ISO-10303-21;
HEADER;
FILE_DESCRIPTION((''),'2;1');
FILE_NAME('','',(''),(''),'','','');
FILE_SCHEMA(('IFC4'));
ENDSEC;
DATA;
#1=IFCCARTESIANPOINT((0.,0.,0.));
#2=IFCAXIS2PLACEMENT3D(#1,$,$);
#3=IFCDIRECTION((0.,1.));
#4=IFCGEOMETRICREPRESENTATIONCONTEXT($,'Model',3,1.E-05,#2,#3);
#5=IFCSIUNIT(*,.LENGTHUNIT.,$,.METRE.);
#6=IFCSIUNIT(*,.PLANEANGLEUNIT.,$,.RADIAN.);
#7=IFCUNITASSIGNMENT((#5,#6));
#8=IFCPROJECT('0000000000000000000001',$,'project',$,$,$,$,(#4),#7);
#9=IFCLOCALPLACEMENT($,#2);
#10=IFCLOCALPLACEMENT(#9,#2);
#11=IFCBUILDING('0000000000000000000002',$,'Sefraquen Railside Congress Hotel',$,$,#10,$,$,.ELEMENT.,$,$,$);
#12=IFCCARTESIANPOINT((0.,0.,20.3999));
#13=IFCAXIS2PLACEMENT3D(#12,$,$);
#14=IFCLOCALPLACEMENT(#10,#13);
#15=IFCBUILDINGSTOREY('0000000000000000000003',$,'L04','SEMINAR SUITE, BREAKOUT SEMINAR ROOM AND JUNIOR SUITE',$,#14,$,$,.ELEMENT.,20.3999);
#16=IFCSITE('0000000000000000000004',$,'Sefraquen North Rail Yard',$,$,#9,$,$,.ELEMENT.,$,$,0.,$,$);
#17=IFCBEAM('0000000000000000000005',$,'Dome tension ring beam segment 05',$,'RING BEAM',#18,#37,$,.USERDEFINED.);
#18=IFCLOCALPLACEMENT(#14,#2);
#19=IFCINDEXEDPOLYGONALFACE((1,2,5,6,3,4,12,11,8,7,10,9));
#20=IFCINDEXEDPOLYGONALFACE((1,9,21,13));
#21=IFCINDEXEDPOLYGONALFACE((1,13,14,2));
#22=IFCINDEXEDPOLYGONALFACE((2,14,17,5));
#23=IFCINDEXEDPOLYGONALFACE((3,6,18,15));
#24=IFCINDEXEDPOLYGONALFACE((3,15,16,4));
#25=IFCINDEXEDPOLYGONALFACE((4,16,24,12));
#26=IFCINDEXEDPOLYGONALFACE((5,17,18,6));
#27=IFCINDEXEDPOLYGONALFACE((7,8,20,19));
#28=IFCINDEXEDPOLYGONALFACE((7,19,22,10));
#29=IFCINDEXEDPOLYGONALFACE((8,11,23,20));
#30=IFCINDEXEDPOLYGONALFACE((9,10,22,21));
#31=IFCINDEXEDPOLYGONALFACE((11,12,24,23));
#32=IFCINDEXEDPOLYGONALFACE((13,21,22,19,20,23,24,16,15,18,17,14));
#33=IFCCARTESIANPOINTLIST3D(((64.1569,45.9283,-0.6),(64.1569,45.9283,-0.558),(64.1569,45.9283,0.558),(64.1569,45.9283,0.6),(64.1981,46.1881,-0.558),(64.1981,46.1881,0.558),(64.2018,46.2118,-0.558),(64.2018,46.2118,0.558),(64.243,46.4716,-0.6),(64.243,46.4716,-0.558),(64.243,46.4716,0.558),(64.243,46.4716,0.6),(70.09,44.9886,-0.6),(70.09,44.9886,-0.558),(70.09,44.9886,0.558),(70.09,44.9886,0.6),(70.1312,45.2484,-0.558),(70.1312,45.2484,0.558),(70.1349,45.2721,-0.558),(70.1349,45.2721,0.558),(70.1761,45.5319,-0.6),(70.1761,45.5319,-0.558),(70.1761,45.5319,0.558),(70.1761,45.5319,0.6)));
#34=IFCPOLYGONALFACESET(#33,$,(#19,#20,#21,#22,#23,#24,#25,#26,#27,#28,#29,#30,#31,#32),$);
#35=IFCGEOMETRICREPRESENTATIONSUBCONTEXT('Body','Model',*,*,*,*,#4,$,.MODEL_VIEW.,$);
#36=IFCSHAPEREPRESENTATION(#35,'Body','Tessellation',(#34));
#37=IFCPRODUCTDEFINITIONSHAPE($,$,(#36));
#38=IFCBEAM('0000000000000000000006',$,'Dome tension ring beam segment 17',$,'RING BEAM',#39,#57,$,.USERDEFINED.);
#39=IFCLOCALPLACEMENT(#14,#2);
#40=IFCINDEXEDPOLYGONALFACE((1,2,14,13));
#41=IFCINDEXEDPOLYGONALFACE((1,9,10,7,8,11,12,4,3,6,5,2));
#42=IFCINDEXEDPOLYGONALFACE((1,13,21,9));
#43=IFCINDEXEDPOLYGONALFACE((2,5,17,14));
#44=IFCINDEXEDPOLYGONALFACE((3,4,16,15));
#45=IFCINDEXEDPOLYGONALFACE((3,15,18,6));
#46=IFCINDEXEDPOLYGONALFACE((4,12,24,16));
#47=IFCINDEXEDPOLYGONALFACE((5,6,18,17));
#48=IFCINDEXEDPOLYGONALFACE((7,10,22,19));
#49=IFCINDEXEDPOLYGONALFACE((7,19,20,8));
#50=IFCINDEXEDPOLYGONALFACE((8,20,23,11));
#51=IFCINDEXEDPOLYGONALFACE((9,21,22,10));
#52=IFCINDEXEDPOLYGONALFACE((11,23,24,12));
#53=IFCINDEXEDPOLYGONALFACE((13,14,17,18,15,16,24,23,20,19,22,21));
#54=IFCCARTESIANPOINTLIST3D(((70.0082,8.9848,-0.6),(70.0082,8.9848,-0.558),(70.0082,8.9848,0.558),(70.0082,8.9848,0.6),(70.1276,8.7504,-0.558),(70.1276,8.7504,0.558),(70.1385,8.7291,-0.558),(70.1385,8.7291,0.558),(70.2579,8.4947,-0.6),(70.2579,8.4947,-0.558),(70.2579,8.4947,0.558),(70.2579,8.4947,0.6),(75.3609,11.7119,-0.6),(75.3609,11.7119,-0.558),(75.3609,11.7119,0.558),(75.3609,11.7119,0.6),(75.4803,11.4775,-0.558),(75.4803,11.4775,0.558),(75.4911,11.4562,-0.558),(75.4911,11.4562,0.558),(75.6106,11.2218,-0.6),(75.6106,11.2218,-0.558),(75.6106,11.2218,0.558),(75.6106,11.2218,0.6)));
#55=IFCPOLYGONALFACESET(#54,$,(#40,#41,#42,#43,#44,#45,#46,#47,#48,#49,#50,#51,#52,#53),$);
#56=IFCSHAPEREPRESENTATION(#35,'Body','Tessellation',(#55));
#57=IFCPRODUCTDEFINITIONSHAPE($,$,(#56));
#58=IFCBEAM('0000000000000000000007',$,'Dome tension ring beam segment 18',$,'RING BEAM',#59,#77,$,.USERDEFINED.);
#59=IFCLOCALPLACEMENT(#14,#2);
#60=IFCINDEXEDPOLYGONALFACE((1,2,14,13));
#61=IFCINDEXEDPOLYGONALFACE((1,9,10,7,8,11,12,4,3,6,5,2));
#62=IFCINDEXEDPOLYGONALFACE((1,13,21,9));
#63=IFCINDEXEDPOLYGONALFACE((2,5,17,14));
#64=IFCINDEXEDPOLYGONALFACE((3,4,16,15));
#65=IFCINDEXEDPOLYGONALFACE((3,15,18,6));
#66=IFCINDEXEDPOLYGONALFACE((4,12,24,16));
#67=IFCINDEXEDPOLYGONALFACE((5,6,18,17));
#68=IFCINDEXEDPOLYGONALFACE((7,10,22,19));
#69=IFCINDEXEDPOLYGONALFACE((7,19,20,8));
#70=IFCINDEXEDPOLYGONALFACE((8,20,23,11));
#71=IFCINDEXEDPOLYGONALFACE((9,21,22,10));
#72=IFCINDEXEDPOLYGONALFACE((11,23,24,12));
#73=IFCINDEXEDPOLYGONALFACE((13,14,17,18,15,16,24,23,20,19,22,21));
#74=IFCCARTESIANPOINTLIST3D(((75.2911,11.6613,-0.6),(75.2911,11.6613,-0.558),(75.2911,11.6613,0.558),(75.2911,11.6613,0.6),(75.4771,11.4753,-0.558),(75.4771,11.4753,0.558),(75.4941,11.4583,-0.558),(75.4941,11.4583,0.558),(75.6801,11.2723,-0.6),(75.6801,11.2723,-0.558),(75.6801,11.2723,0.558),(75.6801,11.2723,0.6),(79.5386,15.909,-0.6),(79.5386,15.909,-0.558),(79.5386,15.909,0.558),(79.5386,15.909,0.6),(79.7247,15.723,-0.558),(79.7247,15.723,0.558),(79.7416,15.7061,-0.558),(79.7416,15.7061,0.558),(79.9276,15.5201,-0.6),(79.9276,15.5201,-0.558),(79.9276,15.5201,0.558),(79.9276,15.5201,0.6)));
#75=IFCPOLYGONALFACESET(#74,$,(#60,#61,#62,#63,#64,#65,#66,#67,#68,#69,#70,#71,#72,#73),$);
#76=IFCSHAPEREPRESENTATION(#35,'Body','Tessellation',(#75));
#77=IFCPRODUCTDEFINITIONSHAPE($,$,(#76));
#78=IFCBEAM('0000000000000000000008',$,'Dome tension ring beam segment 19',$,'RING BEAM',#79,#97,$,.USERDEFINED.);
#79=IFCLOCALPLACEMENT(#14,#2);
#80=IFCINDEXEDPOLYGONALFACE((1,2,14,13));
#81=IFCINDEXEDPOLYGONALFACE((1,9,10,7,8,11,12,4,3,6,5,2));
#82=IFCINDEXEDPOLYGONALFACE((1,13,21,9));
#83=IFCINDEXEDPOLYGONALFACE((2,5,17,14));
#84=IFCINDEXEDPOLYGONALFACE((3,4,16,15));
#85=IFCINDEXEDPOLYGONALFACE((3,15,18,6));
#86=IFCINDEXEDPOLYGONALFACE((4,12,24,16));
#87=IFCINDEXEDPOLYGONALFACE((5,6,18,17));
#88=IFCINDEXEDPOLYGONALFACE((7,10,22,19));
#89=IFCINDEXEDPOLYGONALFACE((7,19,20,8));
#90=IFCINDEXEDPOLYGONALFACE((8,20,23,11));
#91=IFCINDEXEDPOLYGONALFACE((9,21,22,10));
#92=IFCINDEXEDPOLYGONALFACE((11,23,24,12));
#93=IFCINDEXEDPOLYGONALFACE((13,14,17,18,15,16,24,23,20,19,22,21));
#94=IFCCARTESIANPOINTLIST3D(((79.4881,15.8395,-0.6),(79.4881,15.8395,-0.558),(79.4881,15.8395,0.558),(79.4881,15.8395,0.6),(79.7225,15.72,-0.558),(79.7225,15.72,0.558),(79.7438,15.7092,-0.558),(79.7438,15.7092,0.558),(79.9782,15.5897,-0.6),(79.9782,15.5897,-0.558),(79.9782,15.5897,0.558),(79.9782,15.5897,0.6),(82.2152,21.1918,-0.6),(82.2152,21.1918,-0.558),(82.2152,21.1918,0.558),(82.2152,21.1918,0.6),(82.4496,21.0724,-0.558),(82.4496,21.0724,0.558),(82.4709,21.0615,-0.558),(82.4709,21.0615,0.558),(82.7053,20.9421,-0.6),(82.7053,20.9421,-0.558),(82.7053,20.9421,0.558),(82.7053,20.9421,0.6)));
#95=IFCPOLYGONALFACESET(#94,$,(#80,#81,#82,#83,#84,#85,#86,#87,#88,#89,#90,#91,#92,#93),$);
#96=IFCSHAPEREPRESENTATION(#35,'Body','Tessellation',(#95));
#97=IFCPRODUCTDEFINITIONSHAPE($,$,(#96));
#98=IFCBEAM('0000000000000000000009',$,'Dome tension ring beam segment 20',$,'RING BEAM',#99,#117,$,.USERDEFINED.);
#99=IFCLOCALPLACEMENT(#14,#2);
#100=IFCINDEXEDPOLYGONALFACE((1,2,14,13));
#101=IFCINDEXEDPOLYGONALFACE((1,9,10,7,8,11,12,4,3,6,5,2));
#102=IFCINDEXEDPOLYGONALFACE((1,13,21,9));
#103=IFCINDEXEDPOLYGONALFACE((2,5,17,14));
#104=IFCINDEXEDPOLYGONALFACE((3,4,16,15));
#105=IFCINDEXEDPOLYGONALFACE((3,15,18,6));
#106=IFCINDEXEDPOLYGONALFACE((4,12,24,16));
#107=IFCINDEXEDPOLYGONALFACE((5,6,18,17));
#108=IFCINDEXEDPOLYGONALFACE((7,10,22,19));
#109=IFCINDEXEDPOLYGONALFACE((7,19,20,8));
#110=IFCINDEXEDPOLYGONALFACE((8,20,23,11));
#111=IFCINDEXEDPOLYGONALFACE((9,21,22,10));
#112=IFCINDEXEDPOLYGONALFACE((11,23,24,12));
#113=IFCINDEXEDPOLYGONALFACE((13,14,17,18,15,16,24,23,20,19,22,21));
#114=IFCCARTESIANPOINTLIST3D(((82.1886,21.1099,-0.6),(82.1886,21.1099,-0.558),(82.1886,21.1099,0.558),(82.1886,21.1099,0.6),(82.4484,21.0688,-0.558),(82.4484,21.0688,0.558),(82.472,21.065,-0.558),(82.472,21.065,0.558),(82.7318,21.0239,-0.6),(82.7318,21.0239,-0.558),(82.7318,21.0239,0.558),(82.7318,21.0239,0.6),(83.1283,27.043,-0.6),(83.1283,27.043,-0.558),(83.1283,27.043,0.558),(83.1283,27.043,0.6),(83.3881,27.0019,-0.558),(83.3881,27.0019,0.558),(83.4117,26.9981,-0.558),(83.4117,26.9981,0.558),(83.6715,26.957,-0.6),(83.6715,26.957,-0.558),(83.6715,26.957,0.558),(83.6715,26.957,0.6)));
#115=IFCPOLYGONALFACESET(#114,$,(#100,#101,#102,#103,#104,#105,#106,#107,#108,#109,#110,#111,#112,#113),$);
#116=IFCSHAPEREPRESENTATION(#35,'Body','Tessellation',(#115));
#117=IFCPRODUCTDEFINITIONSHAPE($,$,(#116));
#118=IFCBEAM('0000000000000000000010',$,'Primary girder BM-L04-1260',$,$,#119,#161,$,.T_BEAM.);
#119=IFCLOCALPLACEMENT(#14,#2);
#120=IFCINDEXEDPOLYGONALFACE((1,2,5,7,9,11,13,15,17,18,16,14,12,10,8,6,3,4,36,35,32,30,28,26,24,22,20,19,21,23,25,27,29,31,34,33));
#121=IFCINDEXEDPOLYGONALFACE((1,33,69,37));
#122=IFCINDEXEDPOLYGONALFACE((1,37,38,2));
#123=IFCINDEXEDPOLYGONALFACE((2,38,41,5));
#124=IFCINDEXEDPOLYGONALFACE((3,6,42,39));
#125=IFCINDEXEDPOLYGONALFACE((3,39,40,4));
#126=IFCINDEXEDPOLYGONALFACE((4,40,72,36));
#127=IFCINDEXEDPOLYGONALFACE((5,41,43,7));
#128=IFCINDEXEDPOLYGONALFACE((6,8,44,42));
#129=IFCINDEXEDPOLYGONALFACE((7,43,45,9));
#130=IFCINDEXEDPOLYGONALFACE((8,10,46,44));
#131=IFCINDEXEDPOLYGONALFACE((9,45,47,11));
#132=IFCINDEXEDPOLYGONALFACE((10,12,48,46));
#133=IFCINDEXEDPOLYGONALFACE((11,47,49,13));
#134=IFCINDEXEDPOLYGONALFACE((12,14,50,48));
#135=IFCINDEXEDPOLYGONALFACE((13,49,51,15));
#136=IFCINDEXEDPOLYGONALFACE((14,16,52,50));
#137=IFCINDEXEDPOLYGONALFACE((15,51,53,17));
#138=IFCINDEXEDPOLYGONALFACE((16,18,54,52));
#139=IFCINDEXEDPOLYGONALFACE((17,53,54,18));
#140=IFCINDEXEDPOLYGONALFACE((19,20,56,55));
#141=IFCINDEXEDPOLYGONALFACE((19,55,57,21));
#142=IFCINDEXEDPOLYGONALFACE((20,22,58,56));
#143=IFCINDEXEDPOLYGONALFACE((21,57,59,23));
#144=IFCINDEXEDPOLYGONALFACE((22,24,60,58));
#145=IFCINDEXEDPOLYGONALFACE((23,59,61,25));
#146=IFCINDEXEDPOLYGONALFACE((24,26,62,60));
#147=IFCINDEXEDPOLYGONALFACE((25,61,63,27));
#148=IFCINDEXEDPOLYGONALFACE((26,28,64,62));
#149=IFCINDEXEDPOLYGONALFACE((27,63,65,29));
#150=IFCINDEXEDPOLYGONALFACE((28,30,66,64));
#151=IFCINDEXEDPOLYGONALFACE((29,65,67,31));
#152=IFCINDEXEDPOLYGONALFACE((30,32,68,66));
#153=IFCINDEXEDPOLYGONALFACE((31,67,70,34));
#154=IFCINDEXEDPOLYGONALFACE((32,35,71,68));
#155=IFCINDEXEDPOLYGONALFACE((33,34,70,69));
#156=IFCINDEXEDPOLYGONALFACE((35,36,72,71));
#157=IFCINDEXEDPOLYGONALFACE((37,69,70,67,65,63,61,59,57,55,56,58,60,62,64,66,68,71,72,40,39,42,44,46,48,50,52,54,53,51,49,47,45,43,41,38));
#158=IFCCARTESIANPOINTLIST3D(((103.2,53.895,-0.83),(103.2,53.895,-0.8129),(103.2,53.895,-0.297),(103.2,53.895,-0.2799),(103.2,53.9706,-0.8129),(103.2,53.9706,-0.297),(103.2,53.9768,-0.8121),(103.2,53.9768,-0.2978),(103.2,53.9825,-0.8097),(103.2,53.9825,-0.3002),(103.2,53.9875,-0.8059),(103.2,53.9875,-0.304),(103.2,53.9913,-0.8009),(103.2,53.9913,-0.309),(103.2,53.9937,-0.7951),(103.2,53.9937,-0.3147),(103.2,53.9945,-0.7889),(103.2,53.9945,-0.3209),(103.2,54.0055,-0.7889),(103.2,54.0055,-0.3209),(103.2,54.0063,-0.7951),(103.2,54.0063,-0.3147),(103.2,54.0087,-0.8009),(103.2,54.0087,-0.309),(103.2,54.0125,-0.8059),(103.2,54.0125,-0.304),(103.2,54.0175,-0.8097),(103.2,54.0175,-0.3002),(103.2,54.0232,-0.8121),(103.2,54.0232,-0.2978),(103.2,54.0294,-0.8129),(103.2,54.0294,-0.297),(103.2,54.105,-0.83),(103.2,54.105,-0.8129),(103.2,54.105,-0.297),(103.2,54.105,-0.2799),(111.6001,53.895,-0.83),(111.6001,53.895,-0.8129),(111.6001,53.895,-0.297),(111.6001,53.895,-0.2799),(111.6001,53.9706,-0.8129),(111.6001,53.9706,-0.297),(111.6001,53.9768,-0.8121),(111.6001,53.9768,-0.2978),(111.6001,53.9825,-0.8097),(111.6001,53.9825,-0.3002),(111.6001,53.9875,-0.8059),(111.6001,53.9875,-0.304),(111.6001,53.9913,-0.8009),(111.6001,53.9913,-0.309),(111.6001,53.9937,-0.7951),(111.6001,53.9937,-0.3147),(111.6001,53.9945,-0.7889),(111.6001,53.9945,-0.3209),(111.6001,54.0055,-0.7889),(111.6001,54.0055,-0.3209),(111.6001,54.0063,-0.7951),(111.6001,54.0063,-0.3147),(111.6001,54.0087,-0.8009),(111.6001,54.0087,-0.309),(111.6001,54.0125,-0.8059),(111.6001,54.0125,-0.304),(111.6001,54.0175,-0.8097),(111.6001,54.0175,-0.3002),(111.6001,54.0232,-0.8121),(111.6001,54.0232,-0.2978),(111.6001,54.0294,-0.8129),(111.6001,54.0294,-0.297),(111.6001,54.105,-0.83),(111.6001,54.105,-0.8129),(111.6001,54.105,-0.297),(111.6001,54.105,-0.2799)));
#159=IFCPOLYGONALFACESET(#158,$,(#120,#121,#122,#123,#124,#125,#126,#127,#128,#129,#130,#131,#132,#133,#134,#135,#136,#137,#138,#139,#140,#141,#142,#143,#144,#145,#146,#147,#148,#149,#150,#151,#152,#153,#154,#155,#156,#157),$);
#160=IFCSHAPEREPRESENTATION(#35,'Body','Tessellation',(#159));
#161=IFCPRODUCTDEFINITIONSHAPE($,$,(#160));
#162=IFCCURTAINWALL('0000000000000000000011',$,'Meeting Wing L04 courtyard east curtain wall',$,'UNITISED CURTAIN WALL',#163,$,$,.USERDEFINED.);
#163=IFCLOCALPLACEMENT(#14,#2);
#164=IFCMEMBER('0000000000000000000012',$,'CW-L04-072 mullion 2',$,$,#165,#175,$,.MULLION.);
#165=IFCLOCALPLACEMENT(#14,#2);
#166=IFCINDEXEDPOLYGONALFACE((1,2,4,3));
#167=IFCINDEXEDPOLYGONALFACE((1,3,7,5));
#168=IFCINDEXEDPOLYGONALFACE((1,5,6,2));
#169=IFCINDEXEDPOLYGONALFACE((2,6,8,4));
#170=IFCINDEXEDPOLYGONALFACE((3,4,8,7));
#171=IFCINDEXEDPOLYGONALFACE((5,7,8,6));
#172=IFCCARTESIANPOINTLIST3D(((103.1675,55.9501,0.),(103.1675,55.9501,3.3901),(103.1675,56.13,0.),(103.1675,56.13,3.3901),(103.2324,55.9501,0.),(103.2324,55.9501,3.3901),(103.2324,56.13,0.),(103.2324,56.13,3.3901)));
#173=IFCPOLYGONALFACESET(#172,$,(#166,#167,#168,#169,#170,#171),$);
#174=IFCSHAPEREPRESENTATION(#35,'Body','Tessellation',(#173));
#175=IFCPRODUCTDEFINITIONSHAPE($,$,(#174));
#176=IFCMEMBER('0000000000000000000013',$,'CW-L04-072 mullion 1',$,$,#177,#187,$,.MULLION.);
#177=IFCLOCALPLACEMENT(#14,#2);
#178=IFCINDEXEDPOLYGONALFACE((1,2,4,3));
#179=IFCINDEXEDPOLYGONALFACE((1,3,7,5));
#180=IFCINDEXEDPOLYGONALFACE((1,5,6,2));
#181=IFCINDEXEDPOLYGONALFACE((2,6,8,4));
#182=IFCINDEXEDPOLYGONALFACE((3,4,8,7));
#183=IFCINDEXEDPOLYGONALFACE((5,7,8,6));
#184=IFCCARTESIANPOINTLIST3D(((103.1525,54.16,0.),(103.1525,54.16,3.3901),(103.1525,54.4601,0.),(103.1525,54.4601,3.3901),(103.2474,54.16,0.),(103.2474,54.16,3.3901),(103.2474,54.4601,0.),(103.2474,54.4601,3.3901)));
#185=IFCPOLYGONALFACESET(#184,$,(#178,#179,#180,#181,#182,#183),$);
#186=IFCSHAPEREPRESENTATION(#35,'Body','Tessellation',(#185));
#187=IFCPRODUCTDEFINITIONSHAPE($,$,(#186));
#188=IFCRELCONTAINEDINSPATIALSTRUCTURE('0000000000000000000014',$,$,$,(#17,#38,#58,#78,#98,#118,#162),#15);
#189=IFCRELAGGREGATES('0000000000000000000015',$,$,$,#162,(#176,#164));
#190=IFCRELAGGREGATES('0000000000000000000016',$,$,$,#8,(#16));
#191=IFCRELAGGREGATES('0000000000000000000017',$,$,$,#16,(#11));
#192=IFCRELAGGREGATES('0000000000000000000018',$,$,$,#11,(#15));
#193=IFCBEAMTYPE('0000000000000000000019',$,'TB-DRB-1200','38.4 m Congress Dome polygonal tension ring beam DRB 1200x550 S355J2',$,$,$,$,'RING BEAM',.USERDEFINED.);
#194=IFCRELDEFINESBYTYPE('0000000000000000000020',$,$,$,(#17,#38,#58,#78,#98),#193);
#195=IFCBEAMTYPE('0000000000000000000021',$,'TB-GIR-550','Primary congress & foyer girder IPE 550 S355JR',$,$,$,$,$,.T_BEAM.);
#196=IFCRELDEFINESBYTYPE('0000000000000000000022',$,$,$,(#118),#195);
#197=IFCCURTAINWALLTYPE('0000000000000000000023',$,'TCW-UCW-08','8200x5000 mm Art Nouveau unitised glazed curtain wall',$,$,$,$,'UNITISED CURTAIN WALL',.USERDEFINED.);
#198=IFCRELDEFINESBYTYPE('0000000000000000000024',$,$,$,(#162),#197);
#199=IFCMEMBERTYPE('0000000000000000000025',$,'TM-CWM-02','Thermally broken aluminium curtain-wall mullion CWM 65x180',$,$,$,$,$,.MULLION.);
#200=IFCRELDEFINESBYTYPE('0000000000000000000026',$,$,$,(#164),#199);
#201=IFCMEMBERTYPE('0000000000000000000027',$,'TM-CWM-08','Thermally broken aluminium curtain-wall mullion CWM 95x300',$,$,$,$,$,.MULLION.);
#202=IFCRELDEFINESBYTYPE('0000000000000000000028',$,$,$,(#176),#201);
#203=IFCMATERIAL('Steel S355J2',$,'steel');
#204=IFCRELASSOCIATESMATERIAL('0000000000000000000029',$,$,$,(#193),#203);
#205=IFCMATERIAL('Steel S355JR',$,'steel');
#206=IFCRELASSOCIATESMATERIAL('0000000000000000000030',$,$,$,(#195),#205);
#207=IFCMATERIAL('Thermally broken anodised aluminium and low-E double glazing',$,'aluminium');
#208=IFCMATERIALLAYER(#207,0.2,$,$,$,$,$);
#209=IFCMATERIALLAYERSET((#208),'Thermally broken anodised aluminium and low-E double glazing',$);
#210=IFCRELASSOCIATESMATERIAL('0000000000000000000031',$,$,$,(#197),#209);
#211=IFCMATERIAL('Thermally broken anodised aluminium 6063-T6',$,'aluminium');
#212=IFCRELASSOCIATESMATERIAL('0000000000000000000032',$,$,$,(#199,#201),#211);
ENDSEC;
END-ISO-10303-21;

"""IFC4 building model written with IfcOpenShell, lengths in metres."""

from ifc_helpers import new_model, si_unit, direction, frame, origin, origin_2d, place, context, subcontext, project, spatial, rectangle, i_section, extrude, material, layer, layer_set, material_profile, profile_set, type_object, element, aggregate, save


model = new_model("IFC4")

# Units and contexts
model_context = context("Model", 3, precision=1e-05, world=origin(), true_north=direction((0.0, 1.0)))
body_context = subcontext(model_context, "Body", "Model", "MODEL_VIEW")
ifc_project = project(units=[si_unit("LENGTHUNIT", "METRE"), si_unit("PLANEANGLEUNIT", "RADIAN")], contexts=[model_context])

# Site, building, storey
site_placement = place(None, origin())
site = spatial("IfcSite", under=ifc_project, at=site_placement, Name="Sefraquen North Rail Yard", CompositionType="ELEMENT", RefElevation=0.0)
building_placement = place(site_placement, origin())
building = spatial("IfcBuilding", under=site, at=building_placement, Name="Sefraquen Railside Congress Hotel", CompositionType="ELEMENT")
storey_placement = place(building_placement, frame((0.0, 0.0, 20.3999)))
storey = spatial("IfcBuildingStorey", under=building, at=storey_placement, Name="L04", Description="SEMINAR SUITE, BREAKOUT SEMINAR ROOM AND JUNIOR SUITE", CompositionType="ELEMENT", Elevation=20.3999)

# Shared definitions
ifc_material_1 = material(Name="Steel S355JR", Category="steel")

# Beams
ifc_material_2 = material(Name="Steel S355J2", Category="steel")
ifc_material_profile_1 = material_profile(ifc_material_2, i_section(OverallWidth=0.55, OverallDepth=1.2, WebThickness=0.0239, FlangeThickness=0.042, at=origin_2d()), Name="DRB 1200x550")
ifc_profile_set_1 = profile_set([ifc_material_profile_1], Name="Steel S355J2")
beam_type_1 = type_object("IfcBeamType", Name="TB-DRB-1200", Description="38.4 m Congress Dome polygonal tension ring beam DRB 1200x550 S355J2", ElementType="RING BEAM", PredefinedType="USERDEFINED", material=ifc_profile_set_1)
beam_1_placement = place(storey_placement, frame((70.1331, 45.2603, 0.0), z_axis=(-0.987689, 0.156432, 0.0), x_axis=(-0.156432, -0.987689, 0.0)))
element("IfcBeam", 1, at=beam_1_placement, inside=storey, type_object=beam_type_1, Name="Dome tension ring beam segment 05", ObjectType="RING BEAM", PredefinedType="USERDEFINED", context=body_context, shape_type="SweptSolid", body=[
    extrude(i_section(OverallWidth=0.55, OverallDepth=1.2, WebThickness=0.0239, FlangeThickness=0.042, at=origin_2d()), origin(), (0.0, 0.0, 1.0), 6.0071),
])
beam_2_placement = place(storey_placement, frame((70.1331, 8.7397, 0.0), z_axis=(0.89102, 0.453964, 0.0), x_axis=(-0.453964, 0.89102, 0.0)))
element("IfcBeam", 2, at=beam_2_placement, inside=storey, type_object=beam_type_1, Name="Dome tension ring beam segment 17", ObjectType="RING BEAM", PredefinedType="USERDEFINED", context=body_context, shape_type="SweptSolid", body=[
    extrude(i_section(OverallWidth=0.55, OverallDepth=1.2, WebThickness=0.0239, FlangeThickness=0.042, at=origin_2d()), origin(), (0.0, 0.0, 1.0), 6.0073),
])
for number, where, z_axis, x_axis, name in (
    (3, (75.4856, 11.4668, 0.0), (0.707086, 0.707127, 0.0), (-0.707127, 0.707086, 0.0), "Dome tension ring beam segment 18"),
    (4, (79.7332, 15.7146, 0.0), (0.45398, 0.891012, 0.0), (-0.891012, 0.45398, 0.0), "Dome tension ring beam segment 19"),
    (5, (82.4602, 21.0669, 0.0), (0.156432, 0.987689, 0.0), (-0.987689, 0.156432, 0.0), "Dome tension ring beam segment 20"),
):
    element("IfcBeam", number, at=place(storey_placement, frame(where, z_axis=z_axis, x_axis=x_axis)), inside=storey, type_object=beam_type_1, Name=name, ObjectType="RING BEAM", PredefinedType="USERDEFINED", context=body_context, shape_type="SweptSolid", body=[
        extrude(i_section(OverallWidth=0.55, OverallDepth=1.2, WebThickness=0.0239, FlangeThickness=0.042, at=origin_2d()), origin(), (0.0, 0.0, 1.0), 6.0071),
    ])
ifc_material_profile_2 = material_profile(ifc_material_1, i_section(OverallWidth=0.21, OverallDepth=0.55, WebThickness=0.011, FlangeThickness=0.0171, FilletRadius=0.0239, at=origin_2d()), Name="IPE 550")
ifc_profile_set_2 = profile_set([ifc_material_profile_2], Name="Steel S355JR")
beam_type_2 = type_object("IfcBeamType", Name="TB-GIR-550", Description="Primary congress & foyer girder IPE 550 S355JR", PredefinedType="T_BEAM", material=ifc_profile_set_2)
beam_3_placement = place(storey_placement, frame((103.2, 54.0, -0.5549), z_axis=(1.0, 0.0, 0.0), x_axis=(0.0, 1.0, 0.0)))
element("IfcBeam", 6, at=beam_3_placement, inside=storey, type_object=beam_type_2, Name="Primary girder BM-L04-1260", PredefinedType="T_BEAM", context=body_context, shape_type="SweptSolid", body=[
    extrude(i_section(OverallWidth=0.21, OverallDepth=0.55, WebThickness=0.011, FlangeThickness=0.0171, FilletRadius=0.0239, at=origin_2d()), origin(), (0.0, 0.0, 1.0), 8.4001),
])

# Curtain wall, members
ifc_material_3 = material(Name="Thermally broken anodised aluminium and low-E double glazing", Category="aluminium")
ifc_layer_1 = layer(ifc_material_3, 0.2)
ifc_layer_set_1 = layer_set([ifc_layer_1], Name="Thermally broken anodised aluminium and low-E double glazing")
curtain_wall_type = type_object("IfcCurtainWallType", Name="TCW-UCW-08", Description="8200x5000 mm Art Nouveau unitised glazed curtain wall", ElementType="UNITISED CURTAIN WALL", PredefinedType="USERDEFINED", material=ifc_layer_set_1)
curtain_wall_placement = place(storey_placement, origin())
curtain_wall = element("IfcCurtainWall", 7, at=curtain_wall_placement, inside=storey, type_object=curtain_wall_type, Name="Meeting Wing L04 courtyard east curtain wall", ObjectType="UNITISED CURTAIN WALL", PredefinedType="USERDEFINED")
ifc_material_4 = material(Name="Thermally broken anodised aluminium 6063-T6", Category="aluminium")
ifc_material_profile_3 = material_profile(ifc_material_4, rectangle(XDim=0.0649, YDim=0.1799, at=origin_2d()), Name="CWM 65x180")
ifc_profile_set_3 = profile_set([ifc_material_profile_3], Name="Thermally broken anodised aluminium 6063-T6")
member_type_1 = type_object("IfcMemberType", Name="TM-CWM-02", Description="Thermally broken aluminium curtain-wall mullion CWM 65x180", PredefinedType="MULLION", material=ifc_profile_set_3)
member_1_placement = place(storey_placement, frame((103.2, 56.04, 0.0), z_axis=(0.0, 0.0, 1.0), x_axis=(1.0, 0.0, 0.0)))
member_1 = element("IfcMember", 8, at=member_1_placement, type_object=member_type_1, Name="CW-L04-072 mullion 2", PredefinedType="MULLION", context=body_context, shape_type="SweptSolid", body=[
    extrude(rectangle(XDim=0.0649, YDim=0.1799, at=origin_2d()), origin(), (0.0, 0.0, 1.0), 3.3901),
])
ifc_material_profile_4 = material_profile(ifc_material_4, rectangle(XDim=0.095, YDim=0.3, at=origin_2d()), Name="CWM 95x300")
ifc_profile_set_4 = profile_set([ifc_material_profile_4], Name="Thermally broken anodised aluminium 6063-T6")
member_type_2 = type_object("IfcMemberType", Name="TM-CWM-08", Description="Thermally broken aluminium curtain-wall mullion CWM 95x300", PredefinedType="MULLION", material=ifc_profile_set_4)
member_2_placement = place(storey_placement, frame((103.2, 54.3101, 0.0), z_axis=(0.0, 0.0, 1.0), x_axis=(1.0, 0.0, 0.0)))
member_2 = element("IfcMember", 9, at=member_2_placement, type_object=member_type_2, Name="CW-L04-072 mullion 1", PredefinedType="MULLION", context=body_context, shape_type="SweptSolid", body=[
    extrude(rectangle(XDim=0.095, YDim=0.3, at=origin_2d()), origin(), (0.0, 0.0, 1.0), 3.3901),
])
aggregate(curtain_wall, [member_2, member_1])

save(model, "model.ifc")
